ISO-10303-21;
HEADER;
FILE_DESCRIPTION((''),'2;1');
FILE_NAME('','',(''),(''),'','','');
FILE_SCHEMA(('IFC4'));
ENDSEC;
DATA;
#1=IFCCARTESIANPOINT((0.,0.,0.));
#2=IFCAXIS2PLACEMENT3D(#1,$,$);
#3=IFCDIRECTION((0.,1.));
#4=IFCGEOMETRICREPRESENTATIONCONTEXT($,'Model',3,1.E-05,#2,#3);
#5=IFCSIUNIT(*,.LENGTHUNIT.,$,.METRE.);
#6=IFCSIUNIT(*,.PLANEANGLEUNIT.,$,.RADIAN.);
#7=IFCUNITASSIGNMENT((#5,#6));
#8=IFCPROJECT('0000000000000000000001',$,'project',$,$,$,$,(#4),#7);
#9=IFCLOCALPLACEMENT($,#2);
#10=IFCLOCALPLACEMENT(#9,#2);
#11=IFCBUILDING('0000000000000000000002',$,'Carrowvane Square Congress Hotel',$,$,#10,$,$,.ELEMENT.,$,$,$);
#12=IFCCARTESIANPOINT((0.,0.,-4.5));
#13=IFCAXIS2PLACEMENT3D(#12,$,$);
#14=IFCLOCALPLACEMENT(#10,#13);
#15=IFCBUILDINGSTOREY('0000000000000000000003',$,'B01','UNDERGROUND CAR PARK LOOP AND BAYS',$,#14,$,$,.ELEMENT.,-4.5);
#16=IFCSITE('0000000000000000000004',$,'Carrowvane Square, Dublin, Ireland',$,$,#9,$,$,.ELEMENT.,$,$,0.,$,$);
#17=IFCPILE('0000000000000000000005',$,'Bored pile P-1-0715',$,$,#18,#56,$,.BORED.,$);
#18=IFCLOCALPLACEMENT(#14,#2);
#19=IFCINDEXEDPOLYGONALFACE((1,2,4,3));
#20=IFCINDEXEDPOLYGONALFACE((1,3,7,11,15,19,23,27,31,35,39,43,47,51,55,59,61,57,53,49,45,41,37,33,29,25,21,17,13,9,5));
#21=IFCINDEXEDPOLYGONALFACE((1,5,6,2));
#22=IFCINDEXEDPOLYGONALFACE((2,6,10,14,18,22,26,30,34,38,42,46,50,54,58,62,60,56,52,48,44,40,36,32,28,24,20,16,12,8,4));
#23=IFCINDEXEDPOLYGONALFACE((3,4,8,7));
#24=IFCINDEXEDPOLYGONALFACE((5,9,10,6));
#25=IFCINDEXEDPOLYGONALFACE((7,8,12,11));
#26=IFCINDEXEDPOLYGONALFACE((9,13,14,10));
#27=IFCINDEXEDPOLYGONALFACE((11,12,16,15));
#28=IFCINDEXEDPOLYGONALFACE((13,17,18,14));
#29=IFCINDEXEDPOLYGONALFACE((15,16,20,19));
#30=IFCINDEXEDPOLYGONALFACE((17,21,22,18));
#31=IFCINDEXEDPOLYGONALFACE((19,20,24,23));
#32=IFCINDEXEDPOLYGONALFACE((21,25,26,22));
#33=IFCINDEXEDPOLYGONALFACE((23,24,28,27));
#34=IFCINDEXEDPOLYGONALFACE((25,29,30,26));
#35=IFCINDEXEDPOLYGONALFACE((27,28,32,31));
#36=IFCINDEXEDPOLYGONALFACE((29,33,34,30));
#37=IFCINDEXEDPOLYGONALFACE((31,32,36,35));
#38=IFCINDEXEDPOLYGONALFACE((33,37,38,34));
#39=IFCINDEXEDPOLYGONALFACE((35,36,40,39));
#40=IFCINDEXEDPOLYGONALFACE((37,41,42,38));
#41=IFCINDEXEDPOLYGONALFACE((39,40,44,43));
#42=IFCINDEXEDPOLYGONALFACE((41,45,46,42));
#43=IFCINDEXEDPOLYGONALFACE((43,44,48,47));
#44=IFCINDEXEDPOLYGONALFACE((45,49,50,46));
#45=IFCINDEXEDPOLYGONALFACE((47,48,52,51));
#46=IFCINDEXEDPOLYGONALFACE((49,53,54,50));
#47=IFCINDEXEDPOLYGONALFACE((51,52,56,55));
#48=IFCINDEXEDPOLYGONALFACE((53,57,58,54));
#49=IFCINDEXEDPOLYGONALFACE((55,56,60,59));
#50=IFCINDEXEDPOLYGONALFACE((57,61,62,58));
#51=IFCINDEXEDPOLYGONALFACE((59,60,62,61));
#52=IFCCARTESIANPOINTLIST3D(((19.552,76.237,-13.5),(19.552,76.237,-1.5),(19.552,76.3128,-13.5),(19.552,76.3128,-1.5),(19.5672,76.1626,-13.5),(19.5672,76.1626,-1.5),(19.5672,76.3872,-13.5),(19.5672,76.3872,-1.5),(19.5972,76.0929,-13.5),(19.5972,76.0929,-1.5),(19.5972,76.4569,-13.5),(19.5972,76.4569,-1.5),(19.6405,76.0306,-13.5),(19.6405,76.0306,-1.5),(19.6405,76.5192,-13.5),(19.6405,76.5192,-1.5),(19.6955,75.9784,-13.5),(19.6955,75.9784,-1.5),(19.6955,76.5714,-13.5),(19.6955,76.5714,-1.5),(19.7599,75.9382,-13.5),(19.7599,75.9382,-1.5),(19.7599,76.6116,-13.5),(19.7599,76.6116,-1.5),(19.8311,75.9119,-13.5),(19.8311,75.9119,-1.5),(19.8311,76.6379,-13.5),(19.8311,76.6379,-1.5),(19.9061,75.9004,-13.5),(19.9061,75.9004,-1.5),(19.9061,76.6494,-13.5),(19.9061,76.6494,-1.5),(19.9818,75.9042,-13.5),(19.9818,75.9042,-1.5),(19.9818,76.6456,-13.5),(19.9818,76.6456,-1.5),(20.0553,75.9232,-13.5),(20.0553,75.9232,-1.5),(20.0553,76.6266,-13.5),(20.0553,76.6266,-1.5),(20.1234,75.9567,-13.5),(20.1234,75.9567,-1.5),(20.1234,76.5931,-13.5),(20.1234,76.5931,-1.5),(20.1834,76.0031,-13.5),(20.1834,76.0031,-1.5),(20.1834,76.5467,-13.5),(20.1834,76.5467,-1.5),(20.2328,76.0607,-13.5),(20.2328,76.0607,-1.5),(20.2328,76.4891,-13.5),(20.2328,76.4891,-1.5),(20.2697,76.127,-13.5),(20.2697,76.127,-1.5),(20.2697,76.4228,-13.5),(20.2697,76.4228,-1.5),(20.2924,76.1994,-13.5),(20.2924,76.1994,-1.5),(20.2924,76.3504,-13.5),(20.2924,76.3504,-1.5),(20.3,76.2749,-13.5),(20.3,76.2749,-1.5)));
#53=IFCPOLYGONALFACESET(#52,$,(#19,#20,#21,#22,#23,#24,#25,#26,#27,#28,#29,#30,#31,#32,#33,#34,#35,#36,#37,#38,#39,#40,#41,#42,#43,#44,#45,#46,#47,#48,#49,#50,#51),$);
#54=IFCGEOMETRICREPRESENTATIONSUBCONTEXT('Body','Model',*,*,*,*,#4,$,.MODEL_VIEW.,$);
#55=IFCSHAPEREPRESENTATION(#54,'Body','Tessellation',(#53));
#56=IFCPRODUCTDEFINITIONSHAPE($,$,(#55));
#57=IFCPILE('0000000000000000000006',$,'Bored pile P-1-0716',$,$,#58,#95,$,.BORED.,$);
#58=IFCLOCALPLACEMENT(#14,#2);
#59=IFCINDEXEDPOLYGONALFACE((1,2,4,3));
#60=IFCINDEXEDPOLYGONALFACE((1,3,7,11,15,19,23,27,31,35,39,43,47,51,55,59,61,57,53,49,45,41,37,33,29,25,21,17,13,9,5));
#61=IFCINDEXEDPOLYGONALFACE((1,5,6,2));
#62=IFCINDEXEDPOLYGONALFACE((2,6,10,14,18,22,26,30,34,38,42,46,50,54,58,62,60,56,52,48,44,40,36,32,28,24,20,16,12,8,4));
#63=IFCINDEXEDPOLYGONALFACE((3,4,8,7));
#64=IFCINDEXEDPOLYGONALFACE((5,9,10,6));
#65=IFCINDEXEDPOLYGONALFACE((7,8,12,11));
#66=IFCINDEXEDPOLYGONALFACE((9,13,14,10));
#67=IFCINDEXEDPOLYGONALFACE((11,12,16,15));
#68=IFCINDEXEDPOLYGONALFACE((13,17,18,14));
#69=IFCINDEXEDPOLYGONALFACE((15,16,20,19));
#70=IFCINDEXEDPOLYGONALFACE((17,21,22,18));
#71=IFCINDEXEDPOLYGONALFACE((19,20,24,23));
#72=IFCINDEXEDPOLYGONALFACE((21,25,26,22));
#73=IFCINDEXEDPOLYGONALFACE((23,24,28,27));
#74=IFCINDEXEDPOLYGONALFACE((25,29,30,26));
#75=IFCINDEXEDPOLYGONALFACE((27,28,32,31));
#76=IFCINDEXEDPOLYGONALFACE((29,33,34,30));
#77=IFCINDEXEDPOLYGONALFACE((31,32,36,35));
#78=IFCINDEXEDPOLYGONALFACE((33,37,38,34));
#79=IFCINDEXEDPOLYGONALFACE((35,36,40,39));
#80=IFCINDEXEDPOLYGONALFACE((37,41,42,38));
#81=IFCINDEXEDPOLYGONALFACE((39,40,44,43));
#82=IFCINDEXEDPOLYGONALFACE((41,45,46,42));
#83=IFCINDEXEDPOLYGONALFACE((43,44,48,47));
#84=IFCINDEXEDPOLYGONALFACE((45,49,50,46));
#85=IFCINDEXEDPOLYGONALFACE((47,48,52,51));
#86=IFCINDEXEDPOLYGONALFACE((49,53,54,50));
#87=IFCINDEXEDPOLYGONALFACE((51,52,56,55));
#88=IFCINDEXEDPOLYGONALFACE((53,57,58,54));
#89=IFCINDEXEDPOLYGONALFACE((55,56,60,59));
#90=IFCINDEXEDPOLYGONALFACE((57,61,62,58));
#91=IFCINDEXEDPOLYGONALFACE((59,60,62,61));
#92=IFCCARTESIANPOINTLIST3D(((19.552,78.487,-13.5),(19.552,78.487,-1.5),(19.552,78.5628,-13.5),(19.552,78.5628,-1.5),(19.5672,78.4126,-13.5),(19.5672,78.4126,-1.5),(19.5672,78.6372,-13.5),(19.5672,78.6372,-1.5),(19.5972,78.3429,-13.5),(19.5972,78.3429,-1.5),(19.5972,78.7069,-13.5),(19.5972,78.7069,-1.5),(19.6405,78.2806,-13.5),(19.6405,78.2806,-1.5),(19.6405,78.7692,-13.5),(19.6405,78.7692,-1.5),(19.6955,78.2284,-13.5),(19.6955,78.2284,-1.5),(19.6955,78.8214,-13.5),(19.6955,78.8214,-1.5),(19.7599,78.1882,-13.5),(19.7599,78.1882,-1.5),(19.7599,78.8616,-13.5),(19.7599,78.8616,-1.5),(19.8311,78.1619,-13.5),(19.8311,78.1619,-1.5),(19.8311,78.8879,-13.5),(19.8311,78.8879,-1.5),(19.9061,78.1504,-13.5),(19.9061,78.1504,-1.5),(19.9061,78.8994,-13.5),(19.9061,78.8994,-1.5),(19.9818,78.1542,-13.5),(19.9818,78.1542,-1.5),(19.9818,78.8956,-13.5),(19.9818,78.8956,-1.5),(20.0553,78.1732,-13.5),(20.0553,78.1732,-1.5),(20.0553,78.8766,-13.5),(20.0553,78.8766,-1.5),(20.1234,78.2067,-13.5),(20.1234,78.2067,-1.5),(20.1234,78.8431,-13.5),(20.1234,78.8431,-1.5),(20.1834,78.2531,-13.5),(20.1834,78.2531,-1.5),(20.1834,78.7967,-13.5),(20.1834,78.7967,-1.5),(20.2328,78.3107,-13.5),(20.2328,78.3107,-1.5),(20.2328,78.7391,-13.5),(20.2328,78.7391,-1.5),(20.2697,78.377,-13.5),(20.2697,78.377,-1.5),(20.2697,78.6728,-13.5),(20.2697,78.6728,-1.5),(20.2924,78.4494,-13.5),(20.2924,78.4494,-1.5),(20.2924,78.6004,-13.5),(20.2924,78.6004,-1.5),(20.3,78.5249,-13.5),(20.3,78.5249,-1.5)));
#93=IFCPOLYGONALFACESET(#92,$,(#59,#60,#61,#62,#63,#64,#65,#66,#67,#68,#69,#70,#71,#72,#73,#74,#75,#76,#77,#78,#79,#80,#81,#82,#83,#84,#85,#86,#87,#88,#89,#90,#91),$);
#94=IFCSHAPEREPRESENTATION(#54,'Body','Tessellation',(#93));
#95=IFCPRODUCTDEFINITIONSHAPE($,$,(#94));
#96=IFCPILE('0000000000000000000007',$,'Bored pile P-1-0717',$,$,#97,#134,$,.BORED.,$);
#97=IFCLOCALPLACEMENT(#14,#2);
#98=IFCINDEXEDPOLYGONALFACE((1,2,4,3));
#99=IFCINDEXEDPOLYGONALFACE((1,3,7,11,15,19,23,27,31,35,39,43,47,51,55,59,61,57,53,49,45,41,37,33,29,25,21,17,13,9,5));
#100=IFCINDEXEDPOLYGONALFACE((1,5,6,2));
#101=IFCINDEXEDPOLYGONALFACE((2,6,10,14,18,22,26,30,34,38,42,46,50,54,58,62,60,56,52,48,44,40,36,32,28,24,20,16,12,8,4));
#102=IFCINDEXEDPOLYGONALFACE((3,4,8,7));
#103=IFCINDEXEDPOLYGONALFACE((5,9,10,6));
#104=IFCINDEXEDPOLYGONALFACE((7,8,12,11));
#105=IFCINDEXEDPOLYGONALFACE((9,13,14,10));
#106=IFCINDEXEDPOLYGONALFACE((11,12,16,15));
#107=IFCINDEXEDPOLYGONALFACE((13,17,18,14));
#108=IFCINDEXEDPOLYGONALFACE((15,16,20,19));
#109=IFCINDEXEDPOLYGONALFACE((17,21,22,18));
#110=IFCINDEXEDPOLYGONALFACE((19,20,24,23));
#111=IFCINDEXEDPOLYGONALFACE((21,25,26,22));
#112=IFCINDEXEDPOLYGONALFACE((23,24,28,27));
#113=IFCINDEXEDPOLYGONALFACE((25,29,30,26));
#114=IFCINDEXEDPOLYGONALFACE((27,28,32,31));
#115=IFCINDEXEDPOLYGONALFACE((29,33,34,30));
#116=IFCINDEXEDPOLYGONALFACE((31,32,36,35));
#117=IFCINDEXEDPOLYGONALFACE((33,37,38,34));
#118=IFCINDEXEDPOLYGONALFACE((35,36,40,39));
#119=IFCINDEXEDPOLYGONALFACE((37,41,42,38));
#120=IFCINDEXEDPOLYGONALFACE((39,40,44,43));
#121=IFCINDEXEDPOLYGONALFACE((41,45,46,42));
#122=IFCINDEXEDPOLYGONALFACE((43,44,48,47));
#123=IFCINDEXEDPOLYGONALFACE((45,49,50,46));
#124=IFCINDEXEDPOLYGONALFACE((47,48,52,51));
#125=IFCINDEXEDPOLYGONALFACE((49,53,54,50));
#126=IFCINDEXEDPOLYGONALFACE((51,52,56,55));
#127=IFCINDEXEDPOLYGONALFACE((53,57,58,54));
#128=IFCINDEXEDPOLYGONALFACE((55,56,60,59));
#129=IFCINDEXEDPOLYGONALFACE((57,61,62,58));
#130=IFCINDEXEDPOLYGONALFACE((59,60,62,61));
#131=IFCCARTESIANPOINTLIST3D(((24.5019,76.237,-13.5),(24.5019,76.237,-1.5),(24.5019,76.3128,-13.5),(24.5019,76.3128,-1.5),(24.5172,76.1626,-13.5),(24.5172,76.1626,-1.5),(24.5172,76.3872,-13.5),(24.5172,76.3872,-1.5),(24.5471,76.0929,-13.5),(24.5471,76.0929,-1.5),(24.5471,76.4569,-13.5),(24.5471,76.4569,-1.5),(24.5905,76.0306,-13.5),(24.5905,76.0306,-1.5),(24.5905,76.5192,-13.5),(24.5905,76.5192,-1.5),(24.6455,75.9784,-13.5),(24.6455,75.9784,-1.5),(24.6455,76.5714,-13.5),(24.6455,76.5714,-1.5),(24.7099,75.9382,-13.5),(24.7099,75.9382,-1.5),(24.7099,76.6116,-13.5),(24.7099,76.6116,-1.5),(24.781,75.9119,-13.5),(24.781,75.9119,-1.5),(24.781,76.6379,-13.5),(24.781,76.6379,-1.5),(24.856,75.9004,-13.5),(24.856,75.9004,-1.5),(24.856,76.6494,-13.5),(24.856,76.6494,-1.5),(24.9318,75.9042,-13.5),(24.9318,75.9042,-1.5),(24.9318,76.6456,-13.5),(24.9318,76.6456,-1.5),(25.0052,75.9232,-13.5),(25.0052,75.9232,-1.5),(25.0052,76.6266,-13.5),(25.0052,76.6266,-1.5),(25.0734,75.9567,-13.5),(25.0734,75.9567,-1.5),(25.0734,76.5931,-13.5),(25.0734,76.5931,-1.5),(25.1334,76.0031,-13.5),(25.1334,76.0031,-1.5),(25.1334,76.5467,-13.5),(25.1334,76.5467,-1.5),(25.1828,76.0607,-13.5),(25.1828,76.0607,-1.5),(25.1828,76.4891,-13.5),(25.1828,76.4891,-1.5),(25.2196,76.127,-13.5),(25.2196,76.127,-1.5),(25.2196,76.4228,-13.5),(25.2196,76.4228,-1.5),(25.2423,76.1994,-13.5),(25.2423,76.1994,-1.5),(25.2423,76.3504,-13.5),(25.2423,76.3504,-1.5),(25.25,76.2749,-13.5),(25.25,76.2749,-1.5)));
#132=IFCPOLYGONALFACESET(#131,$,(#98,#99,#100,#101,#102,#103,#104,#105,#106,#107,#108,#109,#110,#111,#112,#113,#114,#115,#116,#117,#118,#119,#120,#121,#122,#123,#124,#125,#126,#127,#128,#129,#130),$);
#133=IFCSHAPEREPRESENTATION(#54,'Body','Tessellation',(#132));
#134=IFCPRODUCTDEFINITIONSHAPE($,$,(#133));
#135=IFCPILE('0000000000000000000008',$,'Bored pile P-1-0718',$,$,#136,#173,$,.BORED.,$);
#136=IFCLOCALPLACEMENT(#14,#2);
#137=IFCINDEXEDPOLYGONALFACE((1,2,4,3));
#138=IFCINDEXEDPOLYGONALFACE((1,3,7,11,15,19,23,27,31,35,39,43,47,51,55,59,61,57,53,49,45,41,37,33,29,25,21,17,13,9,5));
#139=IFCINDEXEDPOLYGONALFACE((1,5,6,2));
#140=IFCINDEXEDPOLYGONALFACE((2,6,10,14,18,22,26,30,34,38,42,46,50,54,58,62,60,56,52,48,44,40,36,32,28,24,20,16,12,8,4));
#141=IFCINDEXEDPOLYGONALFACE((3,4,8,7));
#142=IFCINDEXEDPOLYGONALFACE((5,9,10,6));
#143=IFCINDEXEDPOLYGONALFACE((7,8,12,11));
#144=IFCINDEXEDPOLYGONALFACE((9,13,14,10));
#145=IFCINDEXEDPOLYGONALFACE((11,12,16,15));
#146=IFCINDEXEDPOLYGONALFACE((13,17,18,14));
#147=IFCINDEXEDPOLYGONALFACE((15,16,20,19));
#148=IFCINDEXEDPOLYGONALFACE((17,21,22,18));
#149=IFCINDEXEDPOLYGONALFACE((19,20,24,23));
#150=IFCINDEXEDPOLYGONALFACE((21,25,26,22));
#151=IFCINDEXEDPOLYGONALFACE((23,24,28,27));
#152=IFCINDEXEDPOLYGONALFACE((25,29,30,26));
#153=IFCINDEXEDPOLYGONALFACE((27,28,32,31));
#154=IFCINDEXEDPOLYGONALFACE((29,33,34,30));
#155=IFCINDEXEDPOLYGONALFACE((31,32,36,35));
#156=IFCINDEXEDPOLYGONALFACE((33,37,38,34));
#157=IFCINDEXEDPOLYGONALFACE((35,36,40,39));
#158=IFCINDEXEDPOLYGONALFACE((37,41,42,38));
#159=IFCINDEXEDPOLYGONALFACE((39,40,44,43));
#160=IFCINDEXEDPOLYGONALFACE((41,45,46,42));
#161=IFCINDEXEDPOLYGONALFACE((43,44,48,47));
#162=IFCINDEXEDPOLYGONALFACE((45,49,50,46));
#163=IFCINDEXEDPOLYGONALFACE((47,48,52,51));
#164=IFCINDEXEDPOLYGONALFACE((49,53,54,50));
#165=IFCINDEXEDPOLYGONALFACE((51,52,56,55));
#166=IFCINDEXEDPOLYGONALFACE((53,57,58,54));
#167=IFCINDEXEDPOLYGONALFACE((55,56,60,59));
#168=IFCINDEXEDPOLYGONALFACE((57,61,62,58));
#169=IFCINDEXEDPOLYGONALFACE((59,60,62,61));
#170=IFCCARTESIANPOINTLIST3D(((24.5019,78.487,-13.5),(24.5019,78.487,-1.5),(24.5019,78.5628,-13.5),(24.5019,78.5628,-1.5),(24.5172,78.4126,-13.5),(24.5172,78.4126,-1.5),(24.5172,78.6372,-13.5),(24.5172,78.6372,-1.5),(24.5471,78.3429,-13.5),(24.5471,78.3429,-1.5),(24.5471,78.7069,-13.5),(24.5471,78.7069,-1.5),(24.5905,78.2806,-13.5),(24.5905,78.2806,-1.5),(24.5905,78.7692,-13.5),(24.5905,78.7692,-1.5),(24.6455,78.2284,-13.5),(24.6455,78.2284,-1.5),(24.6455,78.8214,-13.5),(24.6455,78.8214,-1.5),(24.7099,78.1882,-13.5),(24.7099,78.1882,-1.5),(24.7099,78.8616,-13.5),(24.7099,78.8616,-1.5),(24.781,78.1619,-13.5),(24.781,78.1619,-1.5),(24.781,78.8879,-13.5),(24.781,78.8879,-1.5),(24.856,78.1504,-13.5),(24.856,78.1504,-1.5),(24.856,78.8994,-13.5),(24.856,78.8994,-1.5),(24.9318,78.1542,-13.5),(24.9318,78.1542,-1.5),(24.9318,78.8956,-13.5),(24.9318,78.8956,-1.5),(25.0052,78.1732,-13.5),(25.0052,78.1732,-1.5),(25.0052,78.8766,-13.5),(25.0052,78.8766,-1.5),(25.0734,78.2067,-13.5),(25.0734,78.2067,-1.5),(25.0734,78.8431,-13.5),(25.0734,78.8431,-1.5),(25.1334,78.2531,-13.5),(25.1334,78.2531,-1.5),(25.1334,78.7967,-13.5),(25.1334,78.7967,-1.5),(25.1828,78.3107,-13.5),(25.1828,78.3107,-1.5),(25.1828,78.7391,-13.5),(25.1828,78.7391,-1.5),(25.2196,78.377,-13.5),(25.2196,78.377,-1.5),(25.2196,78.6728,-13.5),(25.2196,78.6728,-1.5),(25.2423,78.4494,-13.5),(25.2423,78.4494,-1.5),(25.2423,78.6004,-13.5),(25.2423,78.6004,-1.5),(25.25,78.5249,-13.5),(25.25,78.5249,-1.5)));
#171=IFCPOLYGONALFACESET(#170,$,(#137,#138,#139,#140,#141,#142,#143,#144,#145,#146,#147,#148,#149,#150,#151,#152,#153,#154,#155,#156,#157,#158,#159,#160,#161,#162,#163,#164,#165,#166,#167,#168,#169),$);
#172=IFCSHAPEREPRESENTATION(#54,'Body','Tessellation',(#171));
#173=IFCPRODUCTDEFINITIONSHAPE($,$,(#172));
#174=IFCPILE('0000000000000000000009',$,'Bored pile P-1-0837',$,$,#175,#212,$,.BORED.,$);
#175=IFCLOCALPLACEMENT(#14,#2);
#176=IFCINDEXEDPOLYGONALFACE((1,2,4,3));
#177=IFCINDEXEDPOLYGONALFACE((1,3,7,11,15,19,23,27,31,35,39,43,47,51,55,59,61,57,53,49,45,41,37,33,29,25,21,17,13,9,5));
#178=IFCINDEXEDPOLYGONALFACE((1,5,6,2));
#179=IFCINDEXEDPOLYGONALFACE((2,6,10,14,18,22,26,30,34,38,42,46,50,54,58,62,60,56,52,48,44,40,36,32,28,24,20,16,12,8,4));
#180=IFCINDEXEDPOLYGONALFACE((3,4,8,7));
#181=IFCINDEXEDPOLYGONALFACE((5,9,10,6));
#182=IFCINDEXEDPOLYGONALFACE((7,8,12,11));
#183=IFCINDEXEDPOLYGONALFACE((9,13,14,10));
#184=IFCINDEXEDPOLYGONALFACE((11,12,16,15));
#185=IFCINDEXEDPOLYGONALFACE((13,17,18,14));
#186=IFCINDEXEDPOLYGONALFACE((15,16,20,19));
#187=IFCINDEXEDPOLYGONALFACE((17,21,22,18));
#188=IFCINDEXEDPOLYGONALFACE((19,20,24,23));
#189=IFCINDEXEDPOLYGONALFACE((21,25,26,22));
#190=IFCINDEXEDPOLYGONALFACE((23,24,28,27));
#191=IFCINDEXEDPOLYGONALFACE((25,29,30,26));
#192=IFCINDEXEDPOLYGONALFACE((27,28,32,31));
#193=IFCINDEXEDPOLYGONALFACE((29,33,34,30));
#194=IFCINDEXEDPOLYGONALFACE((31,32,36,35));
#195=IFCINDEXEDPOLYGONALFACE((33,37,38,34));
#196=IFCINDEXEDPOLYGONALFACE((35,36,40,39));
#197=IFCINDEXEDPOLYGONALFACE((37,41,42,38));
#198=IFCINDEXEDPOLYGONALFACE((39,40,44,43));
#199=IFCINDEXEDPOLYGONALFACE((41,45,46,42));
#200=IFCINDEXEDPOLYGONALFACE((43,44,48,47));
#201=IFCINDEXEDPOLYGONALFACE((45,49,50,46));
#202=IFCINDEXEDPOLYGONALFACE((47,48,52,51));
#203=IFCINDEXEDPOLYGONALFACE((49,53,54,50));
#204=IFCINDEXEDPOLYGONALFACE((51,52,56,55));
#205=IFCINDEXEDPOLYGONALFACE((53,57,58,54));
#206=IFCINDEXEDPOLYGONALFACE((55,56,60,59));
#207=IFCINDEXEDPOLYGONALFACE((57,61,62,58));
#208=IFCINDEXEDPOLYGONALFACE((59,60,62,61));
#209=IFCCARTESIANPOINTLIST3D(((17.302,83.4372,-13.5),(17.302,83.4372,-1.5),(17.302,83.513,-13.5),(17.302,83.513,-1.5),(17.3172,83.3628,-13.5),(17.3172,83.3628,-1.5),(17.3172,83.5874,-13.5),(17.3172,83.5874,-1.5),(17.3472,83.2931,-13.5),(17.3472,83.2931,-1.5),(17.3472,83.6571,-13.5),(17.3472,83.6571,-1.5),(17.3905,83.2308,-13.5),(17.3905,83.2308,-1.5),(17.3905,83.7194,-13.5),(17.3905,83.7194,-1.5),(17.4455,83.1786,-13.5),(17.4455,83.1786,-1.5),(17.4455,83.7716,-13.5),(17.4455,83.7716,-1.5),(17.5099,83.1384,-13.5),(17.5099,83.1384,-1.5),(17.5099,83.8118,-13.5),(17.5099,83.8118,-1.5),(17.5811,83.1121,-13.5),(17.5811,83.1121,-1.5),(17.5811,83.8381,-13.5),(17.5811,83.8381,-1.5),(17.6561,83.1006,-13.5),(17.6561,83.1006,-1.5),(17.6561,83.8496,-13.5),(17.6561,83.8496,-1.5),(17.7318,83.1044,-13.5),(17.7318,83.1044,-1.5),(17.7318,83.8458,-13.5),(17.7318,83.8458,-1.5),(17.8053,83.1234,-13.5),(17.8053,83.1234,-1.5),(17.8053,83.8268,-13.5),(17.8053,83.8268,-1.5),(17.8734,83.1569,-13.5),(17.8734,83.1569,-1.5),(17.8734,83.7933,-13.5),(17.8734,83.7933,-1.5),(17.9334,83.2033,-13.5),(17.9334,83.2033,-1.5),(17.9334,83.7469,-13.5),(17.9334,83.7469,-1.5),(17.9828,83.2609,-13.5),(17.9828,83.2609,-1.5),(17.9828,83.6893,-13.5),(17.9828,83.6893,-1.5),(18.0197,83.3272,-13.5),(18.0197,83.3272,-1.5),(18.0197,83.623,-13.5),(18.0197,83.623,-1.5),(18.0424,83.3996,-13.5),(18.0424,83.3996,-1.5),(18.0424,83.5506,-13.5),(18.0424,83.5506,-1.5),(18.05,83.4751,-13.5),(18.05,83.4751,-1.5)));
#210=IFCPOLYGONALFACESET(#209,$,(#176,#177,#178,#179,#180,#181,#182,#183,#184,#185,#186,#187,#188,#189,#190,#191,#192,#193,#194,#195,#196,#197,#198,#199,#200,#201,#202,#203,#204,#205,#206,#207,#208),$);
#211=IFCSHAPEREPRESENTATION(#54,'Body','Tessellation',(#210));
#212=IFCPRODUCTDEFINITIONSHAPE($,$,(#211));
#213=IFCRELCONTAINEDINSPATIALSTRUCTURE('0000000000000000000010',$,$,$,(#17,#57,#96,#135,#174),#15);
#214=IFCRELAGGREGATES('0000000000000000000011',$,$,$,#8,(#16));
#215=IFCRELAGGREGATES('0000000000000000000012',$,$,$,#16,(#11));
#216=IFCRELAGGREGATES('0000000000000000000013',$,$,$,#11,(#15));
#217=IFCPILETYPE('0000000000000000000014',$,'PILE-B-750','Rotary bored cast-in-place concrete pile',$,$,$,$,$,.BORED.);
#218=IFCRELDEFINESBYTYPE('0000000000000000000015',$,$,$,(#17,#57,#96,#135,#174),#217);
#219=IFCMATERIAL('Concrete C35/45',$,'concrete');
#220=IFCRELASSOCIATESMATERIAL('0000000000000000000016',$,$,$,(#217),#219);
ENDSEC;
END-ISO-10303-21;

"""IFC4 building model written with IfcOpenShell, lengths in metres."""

from ifc_helpers import new_model, si_unit, direction, frame, origin, origin_2d, place, context, subcontext, project, spatial, circle, extrude, material, material_profile, profile_set, type_object, element, save


model = new_model("IFC4")

# Units and contexts
model_context = context("Model", 3, precision=1e-05, world=origin(), true_north=direction((0.0, 1.0)))
body_context = subcontext(model_context, "Body", "Model", "MODEL_VIEW")
ifc_project = project(units=[si_unit("LENGTHUNIT", "METRE"), si_unit("PLANEANGLEUNIT", "RADIAN")], contexts=[model_context])

# Site, building, storey
site_placement = place(None, origin())
site = spatial("IfcSite", under=ifc_project, at=site_placement, Name="Carrowvane Square, Dublin, Ireland", CompositionType="ELEMENT", RefElevation=0.0)
building_placement = place(site_placement, origin())
building = spatial("IfcBuilding", under=site, at=building_placement, Name="Carrowvane Square Congress Hotel", CompositionType="ELEMENT")
storey_placement = place(building_placement, frame((0.0, 0.0, -4.5)))
storey = spatial("IfcBuildingStorey", under=building, at=storey_placement, Name="B01", Description="UNDERGROUND CAR PARK LOOP AND BAYS", CompositionType="ELEMENT", Elevation=-4.5)

# Piles
ifc_material_1 = material(Name="Concrete C35/45", Category="concrete")
ifc_material_profile_1 = material_profile(ifc_material_1, circle(Radius=0.375, at=origin_2d()), Name="PILE D750")
ifc_profile_set_1 = profile_set([ifc_material_profile_1], Name="Concrete C35/45")
pile_type = type_object("IfcPileType", Name="PILE-B-750", Description="Rotary bored cast-in-place concrete pile", PredefinedType="BORED", material=ifc_profile_set_1)
for number, where, z_axis, x_axis, name in (
    (1, (19.925, 76.2749, -1.5), (0.0, 0.0, -1.0), (1.0, 0.0, 0.0), "Bored pile P-1-0715"),
    (2, (19.925, 78.5249, -1.5), (0.0, 0.0, -1.0), (1.0, 0.0, 0.0), "Bored pile P-1-0716"),
    (3, (24.875, 76.2749, -1.5), (0.0, 0.0, -1.0), (1.0, 0.0, 0.0), "Bored pile P-1-0717"),
    (4, (24.875, 78.5249, -1.5), (0.0, 0.0, -1.0), (1.0, 0.0, 0.0), "Bored pile P-1-0718"),
    (5, (17.675, 83.4751, -1.5), (0.0, 0.0, -1.0), (1.0, 0.0, 0.0), "Bored pile P-1-0837"),
):
    element("IfcPile", number, at=place(storey_placement, frame(where, z_axis=z_axis, x_axis=x_axis)), inside=storey, type_object=pile_type, Name=name, PredefinedType="BORED", context=body_context, shape_type="SweptSolid", body=[
        extrude(circle(Radius=0.375, at=origin_2d()), origin(), (0.0, 0.0, 1.0), 12.0),
    ])

save(model, "model.ifc")
